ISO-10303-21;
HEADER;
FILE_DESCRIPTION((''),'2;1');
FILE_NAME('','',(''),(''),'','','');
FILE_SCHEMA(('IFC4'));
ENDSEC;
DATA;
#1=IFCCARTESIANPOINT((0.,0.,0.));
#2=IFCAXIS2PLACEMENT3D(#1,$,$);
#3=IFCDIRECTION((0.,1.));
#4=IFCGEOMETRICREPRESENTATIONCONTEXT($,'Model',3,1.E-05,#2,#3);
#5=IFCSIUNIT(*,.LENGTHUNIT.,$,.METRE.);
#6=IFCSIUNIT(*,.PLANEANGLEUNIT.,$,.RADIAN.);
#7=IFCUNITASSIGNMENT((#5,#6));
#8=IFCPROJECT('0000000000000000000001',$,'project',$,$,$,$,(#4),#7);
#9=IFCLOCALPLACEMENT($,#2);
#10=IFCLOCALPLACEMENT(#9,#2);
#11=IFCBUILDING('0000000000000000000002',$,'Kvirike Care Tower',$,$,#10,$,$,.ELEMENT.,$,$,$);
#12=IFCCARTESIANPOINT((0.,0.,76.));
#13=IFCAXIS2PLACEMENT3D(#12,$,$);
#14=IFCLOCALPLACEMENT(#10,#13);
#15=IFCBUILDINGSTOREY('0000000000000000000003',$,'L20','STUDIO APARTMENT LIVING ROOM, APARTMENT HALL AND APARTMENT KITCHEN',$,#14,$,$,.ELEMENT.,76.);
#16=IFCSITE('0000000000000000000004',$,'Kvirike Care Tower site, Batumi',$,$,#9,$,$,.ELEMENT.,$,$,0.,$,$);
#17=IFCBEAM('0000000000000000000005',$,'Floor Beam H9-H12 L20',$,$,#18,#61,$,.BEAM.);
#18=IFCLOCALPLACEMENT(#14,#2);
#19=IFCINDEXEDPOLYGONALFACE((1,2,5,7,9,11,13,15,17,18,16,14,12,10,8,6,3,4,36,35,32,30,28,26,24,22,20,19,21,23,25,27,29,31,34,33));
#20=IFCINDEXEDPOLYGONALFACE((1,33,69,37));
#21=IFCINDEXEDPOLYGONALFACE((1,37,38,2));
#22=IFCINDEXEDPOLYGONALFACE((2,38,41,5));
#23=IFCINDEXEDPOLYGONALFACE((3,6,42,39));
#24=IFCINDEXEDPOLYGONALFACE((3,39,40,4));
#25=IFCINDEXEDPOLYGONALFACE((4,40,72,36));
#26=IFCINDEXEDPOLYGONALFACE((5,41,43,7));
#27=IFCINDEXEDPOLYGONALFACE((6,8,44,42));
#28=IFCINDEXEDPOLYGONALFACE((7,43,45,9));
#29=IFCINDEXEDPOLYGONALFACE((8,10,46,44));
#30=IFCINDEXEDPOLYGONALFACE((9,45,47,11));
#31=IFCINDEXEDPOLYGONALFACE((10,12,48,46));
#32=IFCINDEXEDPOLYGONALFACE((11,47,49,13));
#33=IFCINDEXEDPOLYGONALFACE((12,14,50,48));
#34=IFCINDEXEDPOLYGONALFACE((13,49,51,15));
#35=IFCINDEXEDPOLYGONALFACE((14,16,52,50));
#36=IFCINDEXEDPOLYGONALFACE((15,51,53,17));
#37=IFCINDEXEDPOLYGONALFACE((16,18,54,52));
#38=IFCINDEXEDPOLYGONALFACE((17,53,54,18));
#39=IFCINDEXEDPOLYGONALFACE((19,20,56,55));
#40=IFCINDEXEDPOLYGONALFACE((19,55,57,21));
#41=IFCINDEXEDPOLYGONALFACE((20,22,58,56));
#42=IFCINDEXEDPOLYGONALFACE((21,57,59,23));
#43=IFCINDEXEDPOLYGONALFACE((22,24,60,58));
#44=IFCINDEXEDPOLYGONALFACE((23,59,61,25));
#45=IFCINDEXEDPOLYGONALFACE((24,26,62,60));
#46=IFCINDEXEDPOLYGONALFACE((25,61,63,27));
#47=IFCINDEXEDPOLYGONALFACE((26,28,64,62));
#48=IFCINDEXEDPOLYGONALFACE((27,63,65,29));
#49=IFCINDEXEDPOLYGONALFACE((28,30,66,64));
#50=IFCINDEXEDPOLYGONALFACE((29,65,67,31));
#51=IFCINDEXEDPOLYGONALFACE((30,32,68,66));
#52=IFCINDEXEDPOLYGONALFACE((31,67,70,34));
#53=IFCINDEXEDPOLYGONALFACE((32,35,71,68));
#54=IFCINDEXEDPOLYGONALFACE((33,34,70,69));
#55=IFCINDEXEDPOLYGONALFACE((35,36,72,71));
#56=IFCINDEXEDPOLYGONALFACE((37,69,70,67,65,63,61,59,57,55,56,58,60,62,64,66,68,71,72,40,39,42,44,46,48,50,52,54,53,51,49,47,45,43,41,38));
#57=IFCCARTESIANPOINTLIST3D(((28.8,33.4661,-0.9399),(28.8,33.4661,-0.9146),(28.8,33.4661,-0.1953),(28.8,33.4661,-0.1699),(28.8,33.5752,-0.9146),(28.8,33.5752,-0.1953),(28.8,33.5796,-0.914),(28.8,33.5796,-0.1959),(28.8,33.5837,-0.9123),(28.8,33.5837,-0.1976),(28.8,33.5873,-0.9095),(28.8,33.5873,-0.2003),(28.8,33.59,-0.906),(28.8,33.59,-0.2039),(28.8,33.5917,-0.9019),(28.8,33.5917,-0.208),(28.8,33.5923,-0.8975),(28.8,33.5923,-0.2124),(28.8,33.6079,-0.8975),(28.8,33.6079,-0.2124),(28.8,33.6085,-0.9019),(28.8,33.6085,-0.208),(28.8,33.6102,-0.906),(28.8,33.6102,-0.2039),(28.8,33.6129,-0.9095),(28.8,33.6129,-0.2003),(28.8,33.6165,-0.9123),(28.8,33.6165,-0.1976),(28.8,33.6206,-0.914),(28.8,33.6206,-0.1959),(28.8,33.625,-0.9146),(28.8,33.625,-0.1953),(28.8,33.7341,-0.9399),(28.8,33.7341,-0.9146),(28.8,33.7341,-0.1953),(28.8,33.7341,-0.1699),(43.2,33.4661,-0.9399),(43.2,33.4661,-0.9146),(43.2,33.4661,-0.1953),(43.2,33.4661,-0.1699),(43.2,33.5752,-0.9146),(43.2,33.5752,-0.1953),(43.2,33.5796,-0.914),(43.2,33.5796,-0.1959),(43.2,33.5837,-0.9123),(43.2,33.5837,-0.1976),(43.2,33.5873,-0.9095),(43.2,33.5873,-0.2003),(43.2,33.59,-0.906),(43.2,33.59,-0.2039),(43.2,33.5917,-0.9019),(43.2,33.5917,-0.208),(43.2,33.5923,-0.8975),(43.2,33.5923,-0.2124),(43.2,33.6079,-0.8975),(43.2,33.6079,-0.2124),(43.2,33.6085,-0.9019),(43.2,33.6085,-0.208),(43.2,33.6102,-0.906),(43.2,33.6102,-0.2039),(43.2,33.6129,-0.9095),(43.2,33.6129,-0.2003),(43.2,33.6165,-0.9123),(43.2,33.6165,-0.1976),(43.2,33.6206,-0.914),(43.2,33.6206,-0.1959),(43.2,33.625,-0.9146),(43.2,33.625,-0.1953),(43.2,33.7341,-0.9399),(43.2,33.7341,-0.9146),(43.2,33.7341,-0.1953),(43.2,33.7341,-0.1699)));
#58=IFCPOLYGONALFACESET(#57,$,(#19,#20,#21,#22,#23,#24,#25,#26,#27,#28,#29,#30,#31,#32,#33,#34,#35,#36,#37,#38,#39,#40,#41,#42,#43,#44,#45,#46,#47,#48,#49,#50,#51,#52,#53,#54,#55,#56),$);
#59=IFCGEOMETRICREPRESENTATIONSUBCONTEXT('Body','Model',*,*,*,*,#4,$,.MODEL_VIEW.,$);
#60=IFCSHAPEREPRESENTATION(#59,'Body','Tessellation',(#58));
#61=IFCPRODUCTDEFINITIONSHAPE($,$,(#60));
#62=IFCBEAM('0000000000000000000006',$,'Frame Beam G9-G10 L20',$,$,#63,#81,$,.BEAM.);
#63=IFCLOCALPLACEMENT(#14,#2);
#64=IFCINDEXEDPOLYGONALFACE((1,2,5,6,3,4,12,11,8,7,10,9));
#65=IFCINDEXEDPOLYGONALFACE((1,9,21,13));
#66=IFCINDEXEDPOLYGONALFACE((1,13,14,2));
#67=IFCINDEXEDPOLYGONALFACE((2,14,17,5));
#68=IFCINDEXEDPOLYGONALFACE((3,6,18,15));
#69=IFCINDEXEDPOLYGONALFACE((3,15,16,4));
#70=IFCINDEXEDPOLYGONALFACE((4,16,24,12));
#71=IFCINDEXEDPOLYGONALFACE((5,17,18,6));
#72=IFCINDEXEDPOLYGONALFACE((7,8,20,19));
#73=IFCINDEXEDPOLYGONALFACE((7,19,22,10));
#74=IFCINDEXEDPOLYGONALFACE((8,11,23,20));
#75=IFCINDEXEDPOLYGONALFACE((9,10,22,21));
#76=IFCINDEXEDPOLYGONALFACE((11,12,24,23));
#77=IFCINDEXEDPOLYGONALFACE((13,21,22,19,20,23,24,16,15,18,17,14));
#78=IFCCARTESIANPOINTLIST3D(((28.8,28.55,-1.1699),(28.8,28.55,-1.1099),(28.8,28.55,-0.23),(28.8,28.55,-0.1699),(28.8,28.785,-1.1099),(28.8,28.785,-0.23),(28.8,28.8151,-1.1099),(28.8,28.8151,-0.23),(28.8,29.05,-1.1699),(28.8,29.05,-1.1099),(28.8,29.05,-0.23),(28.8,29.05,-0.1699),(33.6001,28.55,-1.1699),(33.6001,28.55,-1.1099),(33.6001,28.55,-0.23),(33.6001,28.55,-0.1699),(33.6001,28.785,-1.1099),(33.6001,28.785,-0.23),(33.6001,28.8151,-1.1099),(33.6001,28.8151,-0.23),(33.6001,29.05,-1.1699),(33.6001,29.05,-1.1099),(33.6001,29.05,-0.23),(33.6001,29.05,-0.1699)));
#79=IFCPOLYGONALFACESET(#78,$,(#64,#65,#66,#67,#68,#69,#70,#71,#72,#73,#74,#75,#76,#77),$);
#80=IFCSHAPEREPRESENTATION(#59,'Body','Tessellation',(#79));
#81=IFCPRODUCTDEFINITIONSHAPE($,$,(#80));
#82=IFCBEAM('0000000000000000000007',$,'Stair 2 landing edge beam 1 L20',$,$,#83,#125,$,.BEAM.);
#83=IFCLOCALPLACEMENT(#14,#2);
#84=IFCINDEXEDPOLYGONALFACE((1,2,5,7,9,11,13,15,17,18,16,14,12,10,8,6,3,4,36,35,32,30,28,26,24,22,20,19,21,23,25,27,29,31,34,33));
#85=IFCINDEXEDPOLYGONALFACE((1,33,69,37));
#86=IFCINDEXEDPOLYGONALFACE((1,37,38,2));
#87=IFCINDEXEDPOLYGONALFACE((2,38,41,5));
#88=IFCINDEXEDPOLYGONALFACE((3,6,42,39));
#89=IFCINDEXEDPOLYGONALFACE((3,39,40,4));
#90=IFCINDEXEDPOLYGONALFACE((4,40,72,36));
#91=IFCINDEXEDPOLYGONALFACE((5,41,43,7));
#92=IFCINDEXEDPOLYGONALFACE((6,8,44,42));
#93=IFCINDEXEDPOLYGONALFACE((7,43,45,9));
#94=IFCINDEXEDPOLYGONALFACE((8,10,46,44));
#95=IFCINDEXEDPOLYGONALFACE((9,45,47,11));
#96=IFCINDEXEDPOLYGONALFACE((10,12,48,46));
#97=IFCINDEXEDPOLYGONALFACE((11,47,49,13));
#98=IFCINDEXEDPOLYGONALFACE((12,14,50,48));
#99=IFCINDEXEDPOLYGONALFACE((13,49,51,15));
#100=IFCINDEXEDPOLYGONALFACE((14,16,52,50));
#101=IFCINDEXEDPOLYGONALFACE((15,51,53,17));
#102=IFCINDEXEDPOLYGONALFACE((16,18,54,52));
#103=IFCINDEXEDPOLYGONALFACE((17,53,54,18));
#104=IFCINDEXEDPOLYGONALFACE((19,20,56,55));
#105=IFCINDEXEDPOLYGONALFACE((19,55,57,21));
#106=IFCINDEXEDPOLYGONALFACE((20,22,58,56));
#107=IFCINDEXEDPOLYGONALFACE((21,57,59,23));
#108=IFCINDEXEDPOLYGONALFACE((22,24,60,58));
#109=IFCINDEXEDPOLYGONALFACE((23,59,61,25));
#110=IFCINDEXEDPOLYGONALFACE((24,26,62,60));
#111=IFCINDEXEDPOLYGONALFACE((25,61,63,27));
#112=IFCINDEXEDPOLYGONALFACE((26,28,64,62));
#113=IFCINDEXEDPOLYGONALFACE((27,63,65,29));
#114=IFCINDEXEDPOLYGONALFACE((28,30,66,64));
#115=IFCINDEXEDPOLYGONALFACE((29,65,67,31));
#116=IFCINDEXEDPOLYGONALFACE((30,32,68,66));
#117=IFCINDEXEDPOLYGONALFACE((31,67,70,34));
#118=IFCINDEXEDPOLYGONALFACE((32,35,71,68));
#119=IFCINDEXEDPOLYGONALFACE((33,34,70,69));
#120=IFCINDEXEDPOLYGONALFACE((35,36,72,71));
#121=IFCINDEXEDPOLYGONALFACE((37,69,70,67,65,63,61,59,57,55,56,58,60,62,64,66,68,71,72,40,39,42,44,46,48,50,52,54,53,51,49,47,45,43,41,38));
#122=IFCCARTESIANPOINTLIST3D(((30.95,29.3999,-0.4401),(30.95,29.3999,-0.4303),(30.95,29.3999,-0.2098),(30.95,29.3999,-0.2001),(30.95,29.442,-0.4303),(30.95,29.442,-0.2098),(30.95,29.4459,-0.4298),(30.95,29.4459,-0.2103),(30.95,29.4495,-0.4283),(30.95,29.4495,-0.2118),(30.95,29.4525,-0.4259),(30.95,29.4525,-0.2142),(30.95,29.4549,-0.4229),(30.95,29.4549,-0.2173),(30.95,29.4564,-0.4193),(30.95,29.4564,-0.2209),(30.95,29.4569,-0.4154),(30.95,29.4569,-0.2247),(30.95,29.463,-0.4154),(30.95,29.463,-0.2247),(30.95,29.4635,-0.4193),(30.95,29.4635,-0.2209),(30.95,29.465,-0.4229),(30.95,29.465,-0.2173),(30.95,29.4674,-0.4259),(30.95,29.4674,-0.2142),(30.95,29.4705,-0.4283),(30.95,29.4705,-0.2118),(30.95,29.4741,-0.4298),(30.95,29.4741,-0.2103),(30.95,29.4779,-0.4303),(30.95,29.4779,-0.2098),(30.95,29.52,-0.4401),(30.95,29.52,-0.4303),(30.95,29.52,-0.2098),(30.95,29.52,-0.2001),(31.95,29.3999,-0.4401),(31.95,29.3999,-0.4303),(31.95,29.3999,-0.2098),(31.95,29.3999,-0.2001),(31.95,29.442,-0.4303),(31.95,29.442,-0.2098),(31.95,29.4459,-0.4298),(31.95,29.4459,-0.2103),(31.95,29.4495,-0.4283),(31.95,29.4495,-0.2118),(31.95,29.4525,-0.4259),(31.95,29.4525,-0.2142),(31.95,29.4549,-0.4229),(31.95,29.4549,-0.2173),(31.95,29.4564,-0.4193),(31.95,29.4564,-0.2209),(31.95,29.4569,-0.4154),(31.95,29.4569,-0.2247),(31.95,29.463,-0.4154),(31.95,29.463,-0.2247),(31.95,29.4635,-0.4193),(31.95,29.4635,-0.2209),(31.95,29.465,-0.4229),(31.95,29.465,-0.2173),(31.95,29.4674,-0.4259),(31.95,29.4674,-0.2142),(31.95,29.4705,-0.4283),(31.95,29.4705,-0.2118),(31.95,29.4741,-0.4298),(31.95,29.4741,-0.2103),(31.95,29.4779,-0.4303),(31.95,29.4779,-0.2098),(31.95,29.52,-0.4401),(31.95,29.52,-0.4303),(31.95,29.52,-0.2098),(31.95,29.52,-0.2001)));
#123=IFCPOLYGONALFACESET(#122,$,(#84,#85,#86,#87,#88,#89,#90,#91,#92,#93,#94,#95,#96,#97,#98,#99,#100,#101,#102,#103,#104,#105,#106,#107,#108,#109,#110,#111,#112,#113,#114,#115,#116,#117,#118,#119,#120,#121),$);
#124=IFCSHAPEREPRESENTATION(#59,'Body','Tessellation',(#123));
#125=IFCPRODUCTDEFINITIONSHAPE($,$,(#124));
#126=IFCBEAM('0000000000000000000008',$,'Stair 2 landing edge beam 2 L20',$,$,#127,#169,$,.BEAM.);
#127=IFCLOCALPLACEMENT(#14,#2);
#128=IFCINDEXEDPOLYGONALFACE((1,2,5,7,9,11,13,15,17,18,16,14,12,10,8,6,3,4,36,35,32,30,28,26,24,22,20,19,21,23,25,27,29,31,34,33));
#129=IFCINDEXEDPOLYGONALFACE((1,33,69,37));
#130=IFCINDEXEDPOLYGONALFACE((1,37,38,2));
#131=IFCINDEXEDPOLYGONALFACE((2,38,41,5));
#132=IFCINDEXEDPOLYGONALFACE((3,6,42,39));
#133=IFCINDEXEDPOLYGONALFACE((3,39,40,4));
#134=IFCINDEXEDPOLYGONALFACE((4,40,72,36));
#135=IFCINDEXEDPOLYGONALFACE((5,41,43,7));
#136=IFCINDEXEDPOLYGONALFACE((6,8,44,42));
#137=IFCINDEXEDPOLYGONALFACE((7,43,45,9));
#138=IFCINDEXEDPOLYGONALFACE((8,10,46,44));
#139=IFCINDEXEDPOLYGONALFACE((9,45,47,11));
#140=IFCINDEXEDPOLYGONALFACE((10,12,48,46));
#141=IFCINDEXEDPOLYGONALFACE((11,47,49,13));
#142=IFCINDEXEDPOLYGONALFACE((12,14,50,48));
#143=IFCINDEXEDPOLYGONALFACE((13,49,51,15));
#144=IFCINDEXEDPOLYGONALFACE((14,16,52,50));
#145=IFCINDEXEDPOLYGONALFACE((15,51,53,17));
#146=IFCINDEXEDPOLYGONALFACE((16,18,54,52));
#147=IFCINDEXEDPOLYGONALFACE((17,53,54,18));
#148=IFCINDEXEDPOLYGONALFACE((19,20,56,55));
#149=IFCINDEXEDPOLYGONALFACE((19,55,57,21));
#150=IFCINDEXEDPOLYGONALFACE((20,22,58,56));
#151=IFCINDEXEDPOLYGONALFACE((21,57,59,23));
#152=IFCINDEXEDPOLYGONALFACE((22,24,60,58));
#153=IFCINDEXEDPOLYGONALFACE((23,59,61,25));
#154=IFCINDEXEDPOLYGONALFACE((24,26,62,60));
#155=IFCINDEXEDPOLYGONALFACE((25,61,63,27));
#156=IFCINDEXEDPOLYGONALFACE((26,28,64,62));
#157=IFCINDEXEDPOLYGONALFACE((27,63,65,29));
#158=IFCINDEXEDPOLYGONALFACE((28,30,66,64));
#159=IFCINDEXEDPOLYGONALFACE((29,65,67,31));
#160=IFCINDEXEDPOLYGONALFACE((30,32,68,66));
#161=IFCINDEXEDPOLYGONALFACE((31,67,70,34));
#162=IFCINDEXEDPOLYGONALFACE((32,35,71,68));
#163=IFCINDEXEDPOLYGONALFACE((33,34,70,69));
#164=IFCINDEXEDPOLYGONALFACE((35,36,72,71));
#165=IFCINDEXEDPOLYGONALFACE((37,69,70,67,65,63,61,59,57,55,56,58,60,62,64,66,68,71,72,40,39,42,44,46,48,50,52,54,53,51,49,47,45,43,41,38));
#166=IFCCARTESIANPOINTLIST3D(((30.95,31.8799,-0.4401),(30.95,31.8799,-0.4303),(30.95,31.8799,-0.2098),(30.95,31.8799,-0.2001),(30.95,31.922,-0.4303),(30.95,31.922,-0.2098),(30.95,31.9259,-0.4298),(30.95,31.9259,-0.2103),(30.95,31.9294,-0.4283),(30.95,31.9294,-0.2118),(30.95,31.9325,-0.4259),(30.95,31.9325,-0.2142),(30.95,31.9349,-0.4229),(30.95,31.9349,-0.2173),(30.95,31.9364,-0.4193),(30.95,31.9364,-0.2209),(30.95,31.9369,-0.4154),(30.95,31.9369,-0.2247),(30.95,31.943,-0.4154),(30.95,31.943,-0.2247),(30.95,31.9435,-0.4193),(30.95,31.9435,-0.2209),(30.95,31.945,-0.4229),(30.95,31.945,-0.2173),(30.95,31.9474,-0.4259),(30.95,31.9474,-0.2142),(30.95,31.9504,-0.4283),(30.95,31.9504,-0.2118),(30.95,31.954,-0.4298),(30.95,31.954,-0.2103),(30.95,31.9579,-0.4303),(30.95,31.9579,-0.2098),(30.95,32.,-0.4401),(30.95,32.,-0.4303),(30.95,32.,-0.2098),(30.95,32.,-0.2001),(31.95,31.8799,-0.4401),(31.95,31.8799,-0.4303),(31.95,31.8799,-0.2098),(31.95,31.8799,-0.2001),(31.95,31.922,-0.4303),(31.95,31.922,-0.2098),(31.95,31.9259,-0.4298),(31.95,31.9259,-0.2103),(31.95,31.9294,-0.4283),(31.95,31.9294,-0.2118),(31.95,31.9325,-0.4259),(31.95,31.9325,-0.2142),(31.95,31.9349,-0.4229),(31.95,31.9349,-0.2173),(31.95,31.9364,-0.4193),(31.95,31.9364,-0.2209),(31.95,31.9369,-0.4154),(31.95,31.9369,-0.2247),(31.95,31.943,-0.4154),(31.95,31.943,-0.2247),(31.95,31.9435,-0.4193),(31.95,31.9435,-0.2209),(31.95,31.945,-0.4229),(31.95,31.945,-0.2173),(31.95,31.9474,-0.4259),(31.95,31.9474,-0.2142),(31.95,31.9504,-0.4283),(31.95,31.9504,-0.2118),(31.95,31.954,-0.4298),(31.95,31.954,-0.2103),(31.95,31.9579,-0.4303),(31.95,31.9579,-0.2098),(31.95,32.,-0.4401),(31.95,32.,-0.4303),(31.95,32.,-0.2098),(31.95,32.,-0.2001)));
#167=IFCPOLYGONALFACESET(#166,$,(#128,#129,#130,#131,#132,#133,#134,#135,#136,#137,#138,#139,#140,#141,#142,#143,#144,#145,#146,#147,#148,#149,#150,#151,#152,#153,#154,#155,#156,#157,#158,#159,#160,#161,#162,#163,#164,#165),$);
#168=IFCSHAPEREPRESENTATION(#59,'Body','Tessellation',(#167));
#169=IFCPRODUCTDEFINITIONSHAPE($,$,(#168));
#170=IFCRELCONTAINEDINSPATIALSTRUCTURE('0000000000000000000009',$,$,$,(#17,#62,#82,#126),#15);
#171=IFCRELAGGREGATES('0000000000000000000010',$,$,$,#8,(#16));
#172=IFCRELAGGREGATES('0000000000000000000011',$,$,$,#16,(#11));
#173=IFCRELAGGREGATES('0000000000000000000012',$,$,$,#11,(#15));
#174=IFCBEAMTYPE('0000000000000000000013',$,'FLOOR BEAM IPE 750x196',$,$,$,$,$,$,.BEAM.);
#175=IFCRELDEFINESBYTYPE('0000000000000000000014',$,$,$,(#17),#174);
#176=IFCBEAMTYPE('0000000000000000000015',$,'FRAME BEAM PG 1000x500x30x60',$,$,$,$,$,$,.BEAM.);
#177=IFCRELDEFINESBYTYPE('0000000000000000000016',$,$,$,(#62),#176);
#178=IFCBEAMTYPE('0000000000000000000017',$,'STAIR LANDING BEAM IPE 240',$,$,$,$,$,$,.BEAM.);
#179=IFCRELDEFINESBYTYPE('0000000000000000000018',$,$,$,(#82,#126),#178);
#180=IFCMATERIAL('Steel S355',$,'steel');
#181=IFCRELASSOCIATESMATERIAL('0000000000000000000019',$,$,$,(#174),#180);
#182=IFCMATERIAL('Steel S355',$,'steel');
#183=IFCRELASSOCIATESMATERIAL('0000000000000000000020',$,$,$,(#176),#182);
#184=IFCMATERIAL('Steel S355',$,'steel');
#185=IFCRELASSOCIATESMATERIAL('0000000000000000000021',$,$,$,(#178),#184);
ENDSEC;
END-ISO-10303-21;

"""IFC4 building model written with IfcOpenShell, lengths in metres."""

from ifc_helpers import new_model, si_unit, direction, frame, origin, origin_2d, place, context, subcontext, project, spatial, i_section, extrude, material, material_profile, profile_set, type_object, element, save


model = new_model("IFC4")

# Units and contexts
model_context = context("Model", 3, precision=1e-05, world=origin(), true_north=direction((0.0, 1.0)))
body_context = subcontext(model_context, "Body", "Model", "MODEL_VIEW")
ifc_project = project(units=[si_unit("LENGTHUNIT", "METRE"), si_unit("PLANEANGLEUNIT", "RADIAN")], contexts=[model_context])

# Site, building, storey
site_placement = place(None, origin())
site = spatial("IfcSite", under=ifc_project, at=site_placement, Name="Kvirike Care Tower site, Batumi", CompositionType="ELEMENT", RefElevation=0.0)
building_placement = place(site_placement, origin())
building = spatial("IfcBuilding", under=site, at=building_placement, Name="Kvirike Care Tower", CompositionType="ELEMENT")
storey_placement = place(building_placement, frame((0.0, 0.0, 76.0)))
storey = spatial("IfcBuildingStorey", under=building, at=storey_placement, Name="L20", Description="STUDIO APARTMENT LIVING ROOM, APARTMENT HALL AND APARTMENT KITCHEN", CompositionType="ELEMENT", Elevation=76.0)

# Beams
ifc_material_1 = material(Name="Steel S355", Category="steel")
ifc_material_profile_1 = material_profile(ifc_material_1, i_section(OverallWidth=0.2681, OverallDepth=0.77, WebThickness=0.0156, FlangeThickness=0.0254, FilletRadius=0.0171, at=origin_2d()), Name="IPE 750x196")
ifc_profile_set_1 = profile_set([ifc_material_profile_1], Name="Steel S355")
beam_type_1 = type_object("IfcBeamType", Name="FLOOR BEAM IPE 750x196", PredefinedType="BEAM", material=ifc_profile_set_1)
beam_1_placement = place(storey_placement, frame((28.8, 33.6001, -0.5549), z_axis=(1.0, 0.0, 0.0), x_axis=(0.0, 1.0, 0.0)))
element("IfcBeam", 1, at=beam_1_placement, inside=storey, type_object=beam_type_1, Name="Floor Beam H9-H12 L20", PredefinedType="BEAM", context=body_context, shape_type="SweptSolid", body=[
    extrude(i_section(OverallWidth=0.2681, OverallDepth=0.77, WebThickness=0.0156, FlangeThickness=0.0254, FilletRadius=0.0171, at=origin_2d()), origin(), (0.0, 0.0, 1.0), 14.3999),
])
ifc_material_2 = material(Name="Steel S355", Category="steel")
ifc_material_profile_2 = material_profile(ifc_material_2, i_section(OverallWidth=0.5, OverallDepth=1.0, WebThickness=0.03, FlangeThickness=0.0601, at=origin_2d()), Name="PG 1000x500x30x60")
ifc_profile_set_2 = profile_set([ifc_material_profile_2], Name="Steel S355")
beam_type_2 = type_object("IfcBeamType", Name="FRAME BEAM PG 1000x500x30x60", PredefinedType="BEAM", material=ifc_profile_set_2)
beam_2_placement = place(storey_placement, frame((28.8, 28.8, -0.6699), z_axis=(1.0, 0.0, 0.0), x_axis=(0.0, 1.0, 0.0)))
element("IfcBeam", 2, at=beam_2_placement, inside=storey, type_object=beam_type_2, Name="Frame Beam G9-G10 L20", PredefinedType="BEAM", context=body_context, shape_type="SweptSolid", body=[
    extrude(i_section(OverallWidth=0.5, OverallDepth=1.0, WebThickness=0.03, FlangeThickness=0.0601, at=origin_2d()), origin(), (0.0, 0.0, 1.0), 4.8),
])
ifc_material_3 = material(Name="Steel S355", Category="steel")
ifc_material_profile_3 = material_profile(ifc_material_3, i_section(OverallWidth=0.1201, OverallDepth=0.24, WebThickness=0.0061, FlangeThickness=0.0098, FilletRadius=0.0149, at=origin_2d()), Name="IPE 240")
ifc_profile_set_3 = profile_set([ifc_material_profile_3], Name="Steel S355")
beam_type_3 = type_object("IfcBeamType", Name="STAIR LANDING BEAM IPE 240", PredefinedType="BEAM", material=ifc_profile_set_3)
for number, where, z_axis, x_axis, name in (
    (3, (31.95, 29.46, -0.3201), (-1.0, 0.0, 0.0), (0.0, -1.0, 0.0), "Stair 2 landing edge beam 1 L20"),
    (4, (31.95, 31.9399, -0.3201), (-1.0, 0.0, 0.0), (0.0, -1.0, 0.0), "Stair 2 landing edge beam 2 L20"),
):
    element("IfcBeam", number, at=place(storey_placement, frame(where, z_axis=z_axis, x_axis=x_axis)), inside=storey, type_object=beam_type_3, Name=name, PredefinedType="BEAM", context=body_context, shape_type="SweptSolid", body=[
        extrude(i_section(OverallWidth=0.1201, OverallDepth=0.24, WebThickness=0.0061, FlangeThickness=0.0098, FilletRadius=0.0149, at=origin_2d()), origin(), (0.0, 0.0, 1.0), 1.0),
    ])

save(model, "model.ifc")
